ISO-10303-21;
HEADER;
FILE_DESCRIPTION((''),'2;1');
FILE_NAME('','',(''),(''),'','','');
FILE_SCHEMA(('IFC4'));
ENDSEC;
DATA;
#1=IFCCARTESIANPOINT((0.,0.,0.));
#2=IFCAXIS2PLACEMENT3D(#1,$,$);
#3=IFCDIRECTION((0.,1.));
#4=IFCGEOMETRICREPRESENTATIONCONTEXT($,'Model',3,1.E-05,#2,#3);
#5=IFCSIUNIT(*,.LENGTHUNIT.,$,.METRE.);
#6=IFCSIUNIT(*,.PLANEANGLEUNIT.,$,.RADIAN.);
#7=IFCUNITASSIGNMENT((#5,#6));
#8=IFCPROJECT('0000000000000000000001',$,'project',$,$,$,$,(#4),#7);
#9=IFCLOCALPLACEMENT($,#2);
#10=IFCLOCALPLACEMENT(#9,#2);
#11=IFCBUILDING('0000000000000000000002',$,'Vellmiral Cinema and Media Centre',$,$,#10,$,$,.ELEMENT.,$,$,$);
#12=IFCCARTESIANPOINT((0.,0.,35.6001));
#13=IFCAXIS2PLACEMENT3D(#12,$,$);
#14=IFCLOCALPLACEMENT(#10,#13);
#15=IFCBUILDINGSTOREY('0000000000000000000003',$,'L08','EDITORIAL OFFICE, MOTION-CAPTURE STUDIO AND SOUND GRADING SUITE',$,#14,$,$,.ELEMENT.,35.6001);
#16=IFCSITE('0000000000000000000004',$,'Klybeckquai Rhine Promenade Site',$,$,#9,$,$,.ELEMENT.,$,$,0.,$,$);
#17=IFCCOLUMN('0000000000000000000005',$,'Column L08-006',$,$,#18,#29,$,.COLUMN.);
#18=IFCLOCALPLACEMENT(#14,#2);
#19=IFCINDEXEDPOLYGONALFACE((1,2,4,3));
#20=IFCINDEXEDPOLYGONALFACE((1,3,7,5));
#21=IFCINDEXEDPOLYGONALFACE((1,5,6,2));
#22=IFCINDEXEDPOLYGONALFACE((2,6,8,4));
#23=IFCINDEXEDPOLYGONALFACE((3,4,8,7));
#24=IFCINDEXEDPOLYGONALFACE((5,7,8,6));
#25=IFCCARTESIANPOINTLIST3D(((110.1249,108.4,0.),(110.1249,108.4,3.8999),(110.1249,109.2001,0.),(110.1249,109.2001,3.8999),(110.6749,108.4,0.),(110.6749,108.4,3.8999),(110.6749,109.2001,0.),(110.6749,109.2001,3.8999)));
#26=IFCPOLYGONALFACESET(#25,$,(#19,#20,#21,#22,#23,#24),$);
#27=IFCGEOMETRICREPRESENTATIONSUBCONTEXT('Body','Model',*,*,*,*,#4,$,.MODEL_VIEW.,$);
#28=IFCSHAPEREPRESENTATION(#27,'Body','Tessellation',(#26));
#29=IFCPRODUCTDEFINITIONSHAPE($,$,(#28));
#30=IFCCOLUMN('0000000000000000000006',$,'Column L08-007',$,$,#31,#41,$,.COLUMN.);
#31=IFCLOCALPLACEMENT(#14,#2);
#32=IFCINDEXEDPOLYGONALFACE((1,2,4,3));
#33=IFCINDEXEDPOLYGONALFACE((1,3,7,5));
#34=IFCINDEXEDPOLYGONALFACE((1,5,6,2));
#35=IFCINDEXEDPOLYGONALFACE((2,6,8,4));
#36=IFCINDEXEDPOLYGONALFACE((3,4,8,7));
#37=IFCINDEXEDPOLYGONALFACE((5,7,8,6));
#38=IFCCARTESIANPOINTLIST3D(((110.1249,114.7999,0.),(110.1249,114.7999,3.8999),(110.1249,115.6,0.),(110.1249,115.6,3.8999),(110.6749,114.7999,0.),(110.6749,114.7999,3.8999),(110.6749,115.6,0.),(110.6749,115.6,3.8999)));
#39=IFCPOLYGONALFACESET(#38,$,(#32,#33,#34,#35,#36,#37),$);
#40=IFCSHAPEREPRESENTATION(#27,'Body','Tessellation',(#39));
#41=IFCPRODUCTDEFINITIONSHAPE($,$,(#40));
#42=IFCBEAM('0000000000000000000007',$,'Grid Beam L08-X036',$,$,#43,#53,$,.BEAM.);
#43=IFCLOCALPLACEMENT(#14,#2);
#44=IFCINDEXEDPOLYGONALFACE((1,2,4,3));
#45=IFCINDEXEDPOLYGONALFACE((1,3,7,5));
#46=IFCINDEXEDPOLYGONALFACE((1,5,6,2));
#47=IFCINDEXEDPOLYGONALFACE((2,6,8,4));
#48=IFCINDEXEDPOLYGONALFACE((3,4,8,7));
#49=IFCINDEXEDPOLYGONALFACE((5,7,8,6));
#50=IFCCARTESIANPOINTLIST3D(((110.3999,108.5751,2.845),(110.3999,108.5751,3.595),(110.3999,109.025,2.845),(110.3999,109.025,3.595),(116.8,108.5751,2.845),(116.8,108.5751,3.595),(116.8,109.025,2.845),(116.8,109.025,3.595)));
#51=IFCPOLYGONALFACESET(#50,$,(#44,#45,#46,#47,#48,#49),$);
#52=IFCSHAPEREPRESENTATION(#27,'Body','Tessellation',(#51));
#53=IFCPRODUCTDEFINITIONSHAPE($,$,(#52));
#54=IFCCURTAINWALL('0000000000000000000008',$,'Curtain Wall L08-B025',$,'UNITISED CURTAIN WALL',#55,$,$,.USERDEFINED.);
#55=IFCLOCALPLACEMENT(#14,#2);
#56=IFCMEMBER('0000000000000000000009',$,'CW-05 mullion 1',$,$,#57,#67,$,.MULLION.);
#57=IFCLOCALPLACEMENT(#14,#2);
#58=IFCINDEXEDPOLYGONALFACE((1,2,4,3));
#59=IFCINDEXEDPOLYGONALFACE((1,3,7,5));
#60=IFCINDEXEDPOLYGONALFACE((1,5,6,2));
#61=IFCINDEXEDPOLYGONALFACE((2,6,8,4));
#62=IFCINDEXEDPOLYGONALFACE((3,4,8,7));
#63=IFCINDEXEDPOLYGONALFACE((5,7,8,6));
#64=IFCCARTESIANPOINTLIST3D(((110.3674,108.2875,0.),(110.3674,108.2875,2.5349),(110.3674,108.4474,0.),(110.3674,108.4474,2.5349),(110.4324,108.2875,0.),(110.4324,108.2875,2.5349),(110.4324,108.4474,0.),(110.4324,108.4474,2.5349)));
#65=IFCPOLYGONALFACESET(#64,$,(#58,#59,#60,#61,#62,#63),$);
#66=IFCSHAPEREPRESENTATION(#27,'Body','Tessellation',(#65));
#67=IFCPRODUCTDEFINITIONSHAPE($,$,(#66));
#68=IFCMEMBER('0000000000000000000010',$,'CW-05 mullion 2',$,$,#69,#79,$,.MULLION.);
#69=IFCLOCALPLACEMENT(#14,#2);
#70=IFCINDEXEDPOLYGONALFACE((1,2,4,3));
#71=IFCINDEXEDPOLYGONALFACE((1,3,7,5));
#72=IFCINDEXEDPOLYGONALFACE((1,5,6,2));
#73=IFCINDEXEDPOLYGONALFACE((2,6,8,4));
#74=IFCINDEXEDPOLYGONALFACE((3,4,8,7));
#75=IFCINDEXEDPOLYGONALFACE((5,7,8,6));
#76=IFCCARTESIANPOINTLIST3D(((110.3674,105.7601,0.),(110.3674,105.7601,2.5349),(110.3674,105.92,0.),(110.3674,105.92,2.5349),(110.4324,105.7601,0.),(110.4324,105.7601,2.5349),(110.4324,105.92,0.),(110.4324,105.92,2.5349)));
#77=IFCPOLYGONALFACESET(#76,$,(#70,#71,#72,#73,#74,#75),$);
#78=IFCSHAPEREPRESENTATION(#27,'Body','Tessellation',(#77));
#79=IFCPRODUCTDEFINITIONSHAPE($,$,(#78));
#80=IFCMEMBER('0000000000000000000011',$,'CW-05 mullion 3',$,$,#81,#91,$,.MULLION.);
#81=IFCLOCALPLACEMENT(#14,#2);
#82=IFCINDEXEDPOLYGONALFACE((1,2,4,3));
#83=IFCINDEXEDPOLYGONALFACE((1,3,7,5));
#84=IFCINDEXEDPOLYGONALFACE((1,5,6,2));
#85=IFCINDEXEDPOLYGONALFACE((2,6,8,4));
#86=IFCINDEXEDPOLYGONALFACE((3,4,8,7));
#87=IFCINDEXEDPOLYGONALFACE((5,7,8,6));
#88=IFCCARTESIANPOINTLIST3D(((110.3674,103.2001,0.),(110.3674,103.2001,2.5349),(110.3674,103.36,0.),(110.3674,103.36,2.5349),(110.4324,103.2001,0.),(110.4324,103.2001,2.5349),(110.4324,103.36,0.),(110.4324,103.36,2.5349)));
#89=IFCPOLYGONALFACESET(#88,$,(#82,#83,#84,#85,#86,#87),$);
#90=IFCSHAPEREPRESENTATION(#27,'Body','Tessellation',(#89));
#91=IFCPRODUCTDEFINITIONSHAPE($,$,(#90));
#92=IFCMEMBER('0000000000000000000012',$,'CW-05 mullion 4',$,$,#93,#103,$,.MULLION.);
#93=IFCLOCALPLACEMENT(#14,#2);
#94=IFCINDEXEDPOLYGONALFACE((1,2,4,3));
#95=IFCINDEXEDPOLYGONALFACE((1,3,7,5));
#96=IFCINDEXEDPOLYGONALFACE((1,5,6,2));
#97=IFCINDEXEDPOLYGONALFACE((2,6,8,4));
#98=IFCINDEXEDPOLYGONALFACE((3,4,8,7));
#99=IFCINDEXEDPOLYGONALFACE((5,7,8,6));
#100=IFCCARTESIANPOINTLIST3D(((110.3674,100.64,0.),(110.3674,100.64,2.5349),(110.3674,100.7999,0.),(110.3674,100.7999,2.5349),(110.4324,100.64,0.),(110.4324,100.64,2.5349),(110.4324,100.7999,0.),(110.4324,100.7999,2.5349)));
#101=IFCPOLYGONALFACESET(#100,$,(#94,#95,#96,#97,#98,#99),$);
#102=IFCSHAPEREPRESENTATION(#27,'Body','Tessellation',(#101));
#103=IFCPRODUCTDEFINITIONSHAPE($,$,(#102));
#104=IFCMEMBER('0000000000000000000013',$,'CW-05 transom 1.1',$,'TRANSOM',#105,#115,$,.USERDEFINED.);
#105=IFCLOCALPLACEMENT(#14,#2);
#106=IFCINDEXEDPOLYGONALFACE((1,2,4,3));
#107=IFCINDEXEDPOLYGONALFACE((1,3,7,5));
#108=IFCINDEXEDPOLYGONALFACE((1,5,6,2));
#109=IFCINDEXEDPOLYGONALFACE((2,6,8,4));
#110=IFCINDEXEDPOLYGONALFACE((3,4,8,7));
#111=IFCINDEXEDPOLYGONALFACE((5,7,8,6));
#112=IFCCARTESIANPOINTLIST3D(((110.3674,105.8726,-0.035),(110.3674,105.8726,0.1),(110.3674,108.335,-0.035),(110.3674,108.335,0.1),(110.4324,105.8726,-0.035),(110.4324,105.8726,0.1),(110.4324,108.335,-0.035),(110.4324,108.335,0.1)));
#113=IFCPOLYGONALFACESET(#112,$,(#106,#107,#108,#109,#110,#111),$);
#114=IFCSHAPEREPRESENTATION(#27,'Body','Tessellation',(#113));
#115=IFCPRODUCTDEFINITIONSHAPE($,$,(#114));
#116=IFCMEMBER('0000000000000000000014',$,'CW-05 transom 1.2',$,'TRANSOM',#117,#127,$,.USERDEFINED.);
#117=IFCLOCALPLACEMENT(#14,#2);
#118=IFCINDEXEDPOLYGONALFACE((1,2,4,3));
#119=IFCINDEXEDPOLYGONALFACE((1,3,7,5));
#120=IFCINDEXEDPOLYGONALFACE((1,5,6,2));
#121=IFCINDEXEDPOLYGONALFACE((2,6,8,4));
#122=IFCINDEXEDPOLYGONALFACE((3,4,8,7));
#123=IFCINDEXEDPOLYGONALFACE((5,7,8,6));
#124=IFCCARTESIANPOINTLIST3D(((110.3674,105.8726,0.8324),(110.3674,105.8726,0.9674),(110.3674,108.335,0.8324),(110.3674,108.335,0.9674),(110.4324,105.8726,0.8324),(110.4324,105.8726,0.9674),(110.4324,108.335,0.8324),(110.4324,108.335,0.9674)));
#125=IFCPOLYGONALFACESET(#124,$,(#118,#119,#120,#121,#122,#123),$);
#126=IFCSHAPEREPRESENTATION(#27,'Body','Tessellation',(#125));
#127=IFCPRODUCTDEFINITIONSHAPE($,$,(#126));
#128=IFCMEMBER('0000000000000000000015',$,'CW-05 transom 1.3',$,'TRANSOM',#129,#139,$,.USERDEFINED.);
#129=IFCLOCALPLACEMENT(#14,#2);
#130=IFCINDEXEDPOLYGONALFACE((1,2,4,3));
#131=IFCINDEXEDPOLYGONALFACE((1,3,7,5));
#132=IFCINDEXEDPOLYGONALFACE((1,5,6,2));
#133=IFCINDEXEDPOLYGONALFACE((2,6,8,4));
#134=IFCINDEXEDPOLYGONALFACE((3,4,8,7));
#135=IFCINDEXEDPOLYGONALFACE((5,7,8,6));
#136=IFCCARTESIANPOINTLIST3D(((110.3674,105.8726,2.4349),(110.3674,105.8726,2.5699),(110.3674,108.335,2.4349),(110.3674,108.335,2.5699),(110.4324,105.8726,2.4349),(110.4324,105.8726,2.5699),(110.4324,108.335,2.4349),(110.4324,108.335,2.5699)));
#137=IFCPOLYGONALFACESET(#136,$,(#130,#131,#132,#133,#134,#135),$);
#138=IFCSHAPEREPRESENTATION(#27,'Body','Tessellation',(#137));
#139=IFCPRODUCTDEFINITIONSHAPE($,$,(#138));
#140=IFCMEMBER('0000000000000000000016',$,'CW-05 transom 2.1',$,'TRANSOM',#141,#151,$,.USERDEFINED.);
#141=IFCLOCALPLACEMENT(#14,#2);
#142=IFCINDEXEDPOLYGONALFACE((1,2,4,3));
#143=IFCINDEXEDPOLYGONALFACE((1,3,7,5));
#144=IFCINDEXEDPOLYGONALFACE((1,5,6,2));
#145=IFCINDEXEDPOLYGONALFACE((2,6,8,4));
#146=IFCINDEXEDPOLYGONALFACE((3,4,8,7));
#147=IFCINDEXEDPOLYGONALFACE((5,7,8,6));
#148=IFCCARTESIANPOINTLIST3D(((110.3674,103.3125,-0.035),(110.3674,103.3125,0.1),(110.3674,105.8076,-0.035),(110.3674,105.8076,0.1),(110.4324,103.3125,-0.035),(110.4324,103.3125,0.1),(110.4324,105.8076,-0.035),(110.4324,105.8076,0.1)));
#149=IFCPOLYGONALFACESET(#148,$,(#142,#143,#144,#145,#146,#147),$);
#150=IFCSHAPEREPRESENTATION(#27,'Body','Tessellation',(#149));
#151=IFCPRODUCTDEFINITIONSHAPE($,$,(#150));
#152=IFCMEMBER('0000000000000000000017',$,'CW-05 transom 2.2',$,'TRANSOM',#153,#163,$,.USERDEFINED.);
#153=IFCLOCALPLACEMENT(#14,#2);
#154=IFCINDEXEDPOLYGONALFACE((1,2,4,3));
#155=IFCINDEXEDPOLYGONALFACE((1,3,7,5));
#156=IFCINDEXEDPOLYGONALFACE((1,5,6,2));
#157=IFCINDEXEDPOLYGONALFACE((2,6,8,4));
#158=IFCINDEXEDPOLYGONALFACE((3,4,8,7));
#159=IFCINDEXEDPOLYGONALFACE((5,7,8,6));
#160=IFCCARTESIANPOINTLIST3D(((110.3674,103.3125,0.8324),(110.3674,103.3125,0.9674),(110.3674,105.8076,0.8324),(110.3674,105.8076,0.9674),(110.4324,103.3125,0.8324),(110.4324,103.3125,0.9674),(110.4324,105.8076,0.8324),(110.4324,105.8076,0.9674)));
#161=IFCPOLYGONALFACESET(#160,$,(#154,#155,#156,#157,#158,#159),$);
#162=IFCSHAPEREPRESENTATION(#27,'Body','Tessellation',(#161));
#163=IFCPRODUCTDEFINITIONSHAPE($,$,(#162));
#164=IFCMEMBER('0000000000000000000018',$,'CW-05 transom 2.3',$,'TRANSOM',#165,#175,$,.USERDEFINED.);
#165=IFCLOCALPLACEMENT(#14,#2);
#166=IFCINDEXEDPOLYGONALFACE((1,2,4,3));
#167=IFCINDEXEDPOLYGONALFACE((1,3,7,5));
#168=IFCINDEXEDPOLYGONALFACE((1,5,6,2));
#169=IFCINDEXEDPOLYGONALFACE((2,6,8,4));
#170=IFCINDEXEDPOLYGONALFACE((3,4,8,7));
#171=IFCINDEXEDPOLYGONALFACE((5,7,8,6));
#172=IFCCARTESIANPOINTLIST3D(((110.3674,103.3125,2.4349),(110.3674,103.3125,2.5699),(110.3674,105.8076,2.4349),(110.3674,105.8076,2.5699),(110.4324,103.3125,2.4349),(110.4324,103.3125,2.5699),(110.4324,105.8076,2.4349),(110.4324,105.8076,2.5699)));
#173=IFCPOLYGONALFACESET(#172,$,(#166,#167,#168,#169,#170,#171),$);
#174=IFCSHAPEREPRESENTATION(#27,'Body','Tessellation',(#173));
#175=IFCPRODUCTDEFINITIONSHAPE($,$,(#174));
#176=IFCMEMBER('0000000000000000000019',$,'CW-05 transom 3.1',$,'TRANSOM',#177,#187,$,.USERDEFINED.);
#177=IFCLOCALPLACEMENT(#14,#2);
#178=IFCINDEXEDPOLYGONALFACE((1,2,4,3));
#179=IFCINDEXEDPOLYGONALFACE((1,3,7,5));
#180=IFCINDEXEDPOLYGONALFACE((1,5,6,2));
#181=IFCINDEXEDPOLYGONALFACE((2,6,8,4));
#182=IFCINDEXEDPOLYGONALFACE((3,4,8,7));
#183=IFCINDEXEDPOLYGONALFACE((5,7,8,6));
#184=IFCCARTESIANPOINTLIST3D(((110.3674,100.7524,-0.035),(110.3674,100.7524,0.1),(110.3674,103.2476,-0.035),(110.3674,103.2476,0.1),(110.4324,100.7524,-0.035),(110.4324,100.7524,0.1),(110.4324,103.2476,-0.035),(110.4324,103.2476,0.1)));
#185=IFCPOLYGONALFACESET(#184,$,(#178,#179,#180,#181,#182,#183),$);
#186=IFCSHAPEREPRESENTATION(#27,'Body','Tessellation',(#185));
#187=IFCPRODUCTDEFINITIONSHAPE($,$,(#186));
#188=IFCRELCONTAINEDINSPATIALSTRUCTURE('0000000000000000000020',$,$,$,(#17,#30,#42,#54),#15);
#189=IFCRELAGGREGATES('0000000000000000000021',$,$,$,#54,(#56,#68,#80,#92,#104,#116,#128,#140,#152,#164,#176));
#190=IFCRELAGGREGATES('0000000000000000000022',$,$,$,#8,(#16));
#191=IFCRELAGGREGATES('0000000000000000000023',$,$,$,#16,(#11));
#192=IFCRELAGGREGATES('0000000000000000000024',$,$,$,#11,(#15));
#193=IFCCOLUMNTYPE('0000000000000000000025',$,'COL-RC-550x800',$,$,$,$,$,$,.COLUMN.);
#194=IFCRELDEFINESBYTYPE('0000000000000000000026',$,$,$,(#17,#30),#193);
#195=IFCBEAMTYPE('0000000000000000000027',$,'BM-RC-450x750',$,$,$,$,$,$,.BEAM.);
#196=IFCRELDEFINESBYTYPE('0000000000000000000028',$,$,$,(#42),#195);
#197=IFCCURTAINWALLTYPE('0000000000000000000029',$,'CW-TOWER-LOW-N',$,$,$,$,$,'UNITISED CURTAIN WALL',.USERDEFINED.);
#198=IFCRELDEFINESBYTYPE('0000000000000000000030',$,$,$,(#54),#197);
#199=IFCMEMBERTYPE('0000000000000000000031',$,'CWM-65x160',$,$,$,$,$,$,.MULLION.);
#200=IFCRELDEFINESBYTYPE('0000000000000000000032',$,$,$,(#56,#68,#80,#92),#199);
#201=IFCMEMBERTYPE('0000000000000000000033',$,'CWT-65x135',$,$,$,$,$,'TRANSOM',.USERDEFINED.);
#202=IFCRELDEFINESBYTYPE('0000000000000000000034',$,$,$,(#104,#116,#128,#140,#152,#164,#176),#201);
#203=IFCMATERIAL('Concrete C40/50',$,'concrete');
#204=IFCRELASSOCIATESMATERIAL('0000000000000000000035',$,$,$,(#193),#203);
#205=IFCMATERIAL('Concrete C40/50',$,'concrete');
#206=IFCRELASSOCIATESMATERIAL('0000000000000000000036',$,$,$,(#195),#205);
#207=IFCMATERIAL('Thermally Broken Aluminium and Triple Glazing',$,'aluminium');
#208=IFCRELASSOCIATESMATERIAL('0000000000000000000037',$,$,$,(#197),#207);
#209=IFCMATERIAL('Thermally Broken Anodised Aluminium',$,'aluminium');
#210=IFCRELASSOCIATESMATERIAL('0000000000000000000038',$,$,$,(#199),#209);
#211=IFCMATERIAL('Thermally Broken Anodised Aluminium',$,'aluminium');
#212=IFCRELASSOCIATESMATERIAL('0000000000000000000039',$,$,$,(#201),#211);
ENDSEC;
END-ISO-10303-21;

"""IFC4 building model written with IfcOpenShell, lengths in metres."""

from ifc_helpers import new_model, si_unit, direction, frame, origin, origin_2d, place, context, subcontext, project, spatial, rectangle, extrude, material, material_profile, profile_set, type_object, element, aggregate, save


model = new_model("IFC4")

# Units and contexts
model_context = context("Model", 3, precision=1e-05, world=origin(), true_north=direction((0.0, 1.0)))
body_context = subcontext(model_context, "Body", "Model", "MODEL_VIEW")
ifc_project = project(units=[si_unit("LENGTHUNIT", "METRE"), si_unit("PLANEANGLEUNIT", "RADIAN")], contexts=[model_context])

# Site, building, storey
site_placement = place(None, origin())
site = spatial("IfcSite", under=ifc_project, at=site_placement, Name="Klybeckquai Rhine Promenade Site", CompositionType="ELEMENT", RefElevation=0.0)
building_placement = place(site_placement, origin())
building = spatial("IfcBuilding", under=site, at=building_placement, Name="Vellmiral Cinema and Media Centre", CompositionType="ELEMENT")
storey_placement = place(building_placement, frame((0.0, 0.0, 35.6001)))
storey = spatial("IfcBuildingStorey", under=building, at=storey_placement, Name="L08", Description="EDITORIAL OFFICE, MOTION-CAPTURE STUDIO AND SOUND GRADING SUITE", CompositionType="ELEMENT", Elevation=35.6001)

# Columns
ifc_material_1 = material(Name="Concrete C40/50", Category="concrete")
ifc_material_profile_1 = material_profile(ifc_material_1, rectangle(XDim=0.55, YDim=0.8, at=origin_2d()), Name="RC 550x800")
ifc_profile_set_1 = profile_set([ifc_material_profile_1], Name="Concrete C40/50")
column_type = type_object("IfcColumnType", Name="COL-RC-550x800", PredefinedType="COLUMN", material=ifc_profile_set_1)
for number, where, z_axis, x_axis, name in (
    (1, (110.3999, 108.8, 0.0), (0.0, 0.0, 1.0), (1.0, 0.0, 0.0), "Column L08-006"),
    (2, (110.3999, 115.2, 0.0), (0.0, 0.0, 1.0), (1.0, 0.0, 0.0), "Column L08-007"),
):
    element("IfcColumn", number, at=place(storey_placement, frame(where, z_axis=z_axis, x_axis=x_axis)), inside=storey, type_object=column_type, Name=name, PredefinedType="COLUMN", context=body_context, shape_type="SweptSolid", body=[
        extrude(rectangle(XDim=0.55, YDim=0.8, at=origin_2d()), origin(), (0.0, 0.0, 1.0), 3.8999),
    ])

# Beam
ifc_material_2 = material(Name="Concrete C40/50", Category="concrete")
ifc_material_profile_2 = material_profile(ifc_material_2, rectangle(XDim=0.45, YDim=0.75, at=origin_2d()), Name="RC 450x750")
ifc_profile_set_2 = profile_set([ifc_material_profile_2], Name="Concrete C40/50")
beam_type_1 = type_object("IfcBeamType", Name="BM-RC-450x750", PredefinedType="BEAM", material=ifc_profile_set_2)
beam_1_placement = place(storey_placement, frame((110.3999, 108.8, 3.22), z_axis=(1.0, 0.0, 0.0), x_axis=(0.0, 1.0, 0.0)))
element("IfcBeam", 3, at=beam_1_placement, inside=storey, type_object=beam_type_1, Name="Grid Beam L08-X036", PredefinedType="BEAM", context=body_context, shape_type="SweptSolid", body=[
    extrude(rectangle(XDim=0.45, YDim=0.75, at=origin_2d()), origin(), (0.0, 0.0, 1.0), 6.4001),
])

# Curtain wall, members
ifc_material_3 = material(Name="Thermally Broken Aluminium and Triple Glazing", Category="aluminium")
curtain_wall_type = type_object("IfcCurtainWallType", Name="CW-TOWER-LOW-N", ElementType="UNITISED CURTAIN WALL", PredefinedType="USERDEFINED", material=ifc_material_3)
curtain_wall_placement = place(storey_placement, origin())
curtain_wall = element("IfcCurtainWall", 4, at=curtain_wall_placement, inside=storey, type_object=curtain_wall_type, Name="Curtain Wall L08-B025", ObjectType="UNITISED CURTAIN WALL", PredefinedType="USERDEFINED")
ifc_material_4 = material(Name="Thermally Broken Anodised Aluminium", Category="aluminium")
ifc_material_profile_3 = material_profile(ifc_material_4, rectangle(XDim=0.0649, YDim=0.1599, at=origin_2d()), Name="MULL 65x160")
ifc_profile_set_3 = profile_set([ifc_material_profile_3], Name="Thermally Broken Anodised Aluminium")
member_type_1 = type_object("IfcMemberType", Name="CWM-65x160", PredefinedType="MULLION", material=ifc_profile_set_3)
member_1_placement = place(storey_placement, frame((110.3999, 108.3674, 0.0), z_axis=(0.0, 0.0, 1.0), x_axis=(1.0, 0.0, 0.0)))
member_1 = element("IfcMember", 5, at=member_1_placement, type_object=member_type_1, Name="CW-05 mullion 1", PredefinedType="MULLION", context=body_context, shape_type="SweptSolid", body=[
    extrude(rectangle(XDim=0.0649, YDim=0.1599, at=origin_2d()), origin(), (0.0, 0.0, 1.0), 2.5349),
])
member_2_placement = place(storey_placement, frame((110.3999, 105.8401, 0.0), z_axis=(0.0, 0.0, 1.0), x_axis=(1.0, 0.0, 0.0)))
member_2 = element("IfcMember", 6, at=member_2_placement, type_object=member_type_1, Name="CW-05 mullion 2", PredefinedType="MULLION", context=body_context, shape_type="SweptSolid", body=[
    extrude(rectangle(XDim=0.0649, YDim=0.1599, at=origin_2d()), origin(), (0.0, 0.0, 1.0), 2.5349),
])
member_3_placement = place(storey_placement, frame((110.3999, 103.28, 0.0), z_axis=(0.0, 0.0, 1.0), x_axis=(1.0, 0.0, 0.0)))
member_3 = element("IfcMember", 7, at=member_3_placement, type_object=member_type_1, Name="CW-05 mullion 3", PredefinedType="MULLION", context=body_context, shape_type="SweptSolid", body=[
    extrude(rectangle(XDim=0.0649, YDim=0.1599, at=origin_2d()), origin(), (0.0, 0.0, 1.0), 2.5349),
])
member_4_placement = place(storey_placement, frame((110.3999, 100.72, 0.0), z_axis=(0.0, 0.0, 1.0), x_axis=(1.0, 0.0, 0.0)))
member_4 = element("IfcMember", 8, at=member_4_placement, type_object=member_type_1, Name="CW-05 mullion 4", PredefinedType="MULLION", context=body_context, shape_type="SweptSolid", body=[
    extrude(rectangle(XDim=0.0649, YDim=0.1599, at=origin_2d()), origin(), (0.0, 0.0, 1.0), 2.5349),
])
ifc_material_5 = material(Name="Thermally Broken Anodised Aluminium", Category="aluminium")
ifc_material_profile_4 = material_profile(ifc_material_5, rectangle(XDim=0.0649, YDim=0.135, at=origin_2d()), Name="MULL 65x135")
ifc_profile_set_4 = profile_set([ifc_material_profile_4], Name="Thermally Broken Anodised Aluminium")
member_type_2 = type_object("IfcMemberType", Name="CWT-65x135", ElementType="TRANSOM", PredefinedType="USERDEFINED", material=ifc_profile_set_4)
member_5_placement = place(storey_placement, frame((110.3999, 108.335, 0.0325), z_axis=(0.0, -1.0, 0.0), x_axis=(1.0, 0.0, 0.0)))
member_5 = element("IfcMember", 9, at=member_5_placement, type_object=member_type_2, Name="CW-05 transom 1.1", ObjectType="TRANSOM", PredefinedType="USERDEFINED", context=body_context, shape_type="SweptSolid", body=[
    extrude(rectangle(XDim=0.0649, YDim=0.135, at=origin_2d()), origin(), (0.0, 0.0, 1.0), 2.4624),
])
member_6_placement = place(storey_placement, frame((110.3999, 108.335, 0.8999), z_axis=(0.0, -1.0, 0.0), x_axis=(1.0, 0.0, 0.0)))
member_6 = element("IfcMember", 10, at=member_6_placement, type_object=member_type_2, Name="CW-05 transom 1.2", ObjectType="TRANSOM", PredefinedType="USERDEFINED", context=body_context, shape_type="SweptSolid", body=[
    extrude(rectangle(XDim=0.0649, YDim=0.135, at=origin_2d()), origin(), (0.0, 0.0, 1.0), 2.4624),
])
member_7_placement = place(storey_placement, frame((110.3999, 108.335, 2.5024), z_axis=(0.0, -1.0, 0.0), x_axis=(1.0, 0.0, 0.0)))
member_7 = element("IfcMember", 11, at=member_7_placement, type_object=member_type_2, Name="CW-05 transom 1.3", ObjectType="TRANSOM", PredefinedType="USERDEFINED", context=body_context, shape_type="SweptSolid", body=[
    extrude(rectangle(XDim=0.0649, YDim=0.135, at=origin_2d()), origin(), (0.0, 0.0, 1.0), 2.4624),
])
member_8_placement = place(storey_placement, frame((110.3999, 105.8076, 0.0325), z_axis=(0.0, -1.0, 0.0), x_axis=(1.0, 0.0, 0.0)))
member_8 = element("IfcMember", 12, at=member_8_placement, type_object=member_type_2, Name="CW-05 transom 2.1", ObjectType="TRANSOM", PredefinedType="USERDEFINED", context=body_context, shape_type="SweptSolid", body=[
    extrude(rectangle(XDim=0.0649, YDim=0.135, at=origin_2d()), origin(), (0.0, 0.0, 1.0), 2.4951),
])
member_9_placement = place(storey_placement, frame((110.3999, 105.8076, 0.8999), z_axis=(0.0, -1.0, 0.0), x_axis=(1.0, 0.0, 0.0)))
member_9 = element("IfcMember", 13, at=member_9_placement, type_object=member_type_2, Name="CW-05 transom 2.2", ObjectType="TRANSOM", PredefinedType="USERDEFINED", context=body_context, shape_type="SweptSolid", body=[
    extrude(rectangle(XDim=0.0649, YDim=0.135, at=origin_2d()), origin(), (0.0, 0.0, 1.0), 2.4951),
])
member_10_placement = place(storey_placement, frame((110.3999, 105.8076, 2.5024), z_axis=(0.0, -1.0, 0.0), x_axis=(1.0, 0.0, 0.0)))
member_10 = element("IfcMember", 14, at=member_10_placement, type_object=member_type_2, Name="CW-05 transom 2.3", ObjectType="TRANSOM", PredefinedType="USERDEFINED", context=body_context, shape_type="SweptSolid", body=[
    extrude(rectangle(XDim=0.0649, YDim=0.135, at=origin_2d()), origin(), (0.0, 0.0, 1.0), 2.4951),
])
member_11_placement = place(storey_placement, frame((110.3999, 103.2476, 0.0325), z_axis=(0.0, -1.0, 0.0), x_axis=(1.0, 0.0, 0.0)))
member_11 = element("IfcMember", 15, at=member_11_placement, type_object=member_type_2, Name="CW-05 transom 3.1", ObjectType="TRANSOM", PredefinedType="USERDEFINED", context=body_context, shape_type="SweptSolid", body=[
    extrude(rectangle(XDim=0.0649, YDim=0.135, at=origin_2d()), origin(), (0.0, 0.0, 1.0), 2.4951),
])

aggregate(curtain_wall, [member_1, member_2, member_3, member_4, member_5, member_6, member_7, member_8, member_9, member_10, member_11])

save(model, "model.ifc")
